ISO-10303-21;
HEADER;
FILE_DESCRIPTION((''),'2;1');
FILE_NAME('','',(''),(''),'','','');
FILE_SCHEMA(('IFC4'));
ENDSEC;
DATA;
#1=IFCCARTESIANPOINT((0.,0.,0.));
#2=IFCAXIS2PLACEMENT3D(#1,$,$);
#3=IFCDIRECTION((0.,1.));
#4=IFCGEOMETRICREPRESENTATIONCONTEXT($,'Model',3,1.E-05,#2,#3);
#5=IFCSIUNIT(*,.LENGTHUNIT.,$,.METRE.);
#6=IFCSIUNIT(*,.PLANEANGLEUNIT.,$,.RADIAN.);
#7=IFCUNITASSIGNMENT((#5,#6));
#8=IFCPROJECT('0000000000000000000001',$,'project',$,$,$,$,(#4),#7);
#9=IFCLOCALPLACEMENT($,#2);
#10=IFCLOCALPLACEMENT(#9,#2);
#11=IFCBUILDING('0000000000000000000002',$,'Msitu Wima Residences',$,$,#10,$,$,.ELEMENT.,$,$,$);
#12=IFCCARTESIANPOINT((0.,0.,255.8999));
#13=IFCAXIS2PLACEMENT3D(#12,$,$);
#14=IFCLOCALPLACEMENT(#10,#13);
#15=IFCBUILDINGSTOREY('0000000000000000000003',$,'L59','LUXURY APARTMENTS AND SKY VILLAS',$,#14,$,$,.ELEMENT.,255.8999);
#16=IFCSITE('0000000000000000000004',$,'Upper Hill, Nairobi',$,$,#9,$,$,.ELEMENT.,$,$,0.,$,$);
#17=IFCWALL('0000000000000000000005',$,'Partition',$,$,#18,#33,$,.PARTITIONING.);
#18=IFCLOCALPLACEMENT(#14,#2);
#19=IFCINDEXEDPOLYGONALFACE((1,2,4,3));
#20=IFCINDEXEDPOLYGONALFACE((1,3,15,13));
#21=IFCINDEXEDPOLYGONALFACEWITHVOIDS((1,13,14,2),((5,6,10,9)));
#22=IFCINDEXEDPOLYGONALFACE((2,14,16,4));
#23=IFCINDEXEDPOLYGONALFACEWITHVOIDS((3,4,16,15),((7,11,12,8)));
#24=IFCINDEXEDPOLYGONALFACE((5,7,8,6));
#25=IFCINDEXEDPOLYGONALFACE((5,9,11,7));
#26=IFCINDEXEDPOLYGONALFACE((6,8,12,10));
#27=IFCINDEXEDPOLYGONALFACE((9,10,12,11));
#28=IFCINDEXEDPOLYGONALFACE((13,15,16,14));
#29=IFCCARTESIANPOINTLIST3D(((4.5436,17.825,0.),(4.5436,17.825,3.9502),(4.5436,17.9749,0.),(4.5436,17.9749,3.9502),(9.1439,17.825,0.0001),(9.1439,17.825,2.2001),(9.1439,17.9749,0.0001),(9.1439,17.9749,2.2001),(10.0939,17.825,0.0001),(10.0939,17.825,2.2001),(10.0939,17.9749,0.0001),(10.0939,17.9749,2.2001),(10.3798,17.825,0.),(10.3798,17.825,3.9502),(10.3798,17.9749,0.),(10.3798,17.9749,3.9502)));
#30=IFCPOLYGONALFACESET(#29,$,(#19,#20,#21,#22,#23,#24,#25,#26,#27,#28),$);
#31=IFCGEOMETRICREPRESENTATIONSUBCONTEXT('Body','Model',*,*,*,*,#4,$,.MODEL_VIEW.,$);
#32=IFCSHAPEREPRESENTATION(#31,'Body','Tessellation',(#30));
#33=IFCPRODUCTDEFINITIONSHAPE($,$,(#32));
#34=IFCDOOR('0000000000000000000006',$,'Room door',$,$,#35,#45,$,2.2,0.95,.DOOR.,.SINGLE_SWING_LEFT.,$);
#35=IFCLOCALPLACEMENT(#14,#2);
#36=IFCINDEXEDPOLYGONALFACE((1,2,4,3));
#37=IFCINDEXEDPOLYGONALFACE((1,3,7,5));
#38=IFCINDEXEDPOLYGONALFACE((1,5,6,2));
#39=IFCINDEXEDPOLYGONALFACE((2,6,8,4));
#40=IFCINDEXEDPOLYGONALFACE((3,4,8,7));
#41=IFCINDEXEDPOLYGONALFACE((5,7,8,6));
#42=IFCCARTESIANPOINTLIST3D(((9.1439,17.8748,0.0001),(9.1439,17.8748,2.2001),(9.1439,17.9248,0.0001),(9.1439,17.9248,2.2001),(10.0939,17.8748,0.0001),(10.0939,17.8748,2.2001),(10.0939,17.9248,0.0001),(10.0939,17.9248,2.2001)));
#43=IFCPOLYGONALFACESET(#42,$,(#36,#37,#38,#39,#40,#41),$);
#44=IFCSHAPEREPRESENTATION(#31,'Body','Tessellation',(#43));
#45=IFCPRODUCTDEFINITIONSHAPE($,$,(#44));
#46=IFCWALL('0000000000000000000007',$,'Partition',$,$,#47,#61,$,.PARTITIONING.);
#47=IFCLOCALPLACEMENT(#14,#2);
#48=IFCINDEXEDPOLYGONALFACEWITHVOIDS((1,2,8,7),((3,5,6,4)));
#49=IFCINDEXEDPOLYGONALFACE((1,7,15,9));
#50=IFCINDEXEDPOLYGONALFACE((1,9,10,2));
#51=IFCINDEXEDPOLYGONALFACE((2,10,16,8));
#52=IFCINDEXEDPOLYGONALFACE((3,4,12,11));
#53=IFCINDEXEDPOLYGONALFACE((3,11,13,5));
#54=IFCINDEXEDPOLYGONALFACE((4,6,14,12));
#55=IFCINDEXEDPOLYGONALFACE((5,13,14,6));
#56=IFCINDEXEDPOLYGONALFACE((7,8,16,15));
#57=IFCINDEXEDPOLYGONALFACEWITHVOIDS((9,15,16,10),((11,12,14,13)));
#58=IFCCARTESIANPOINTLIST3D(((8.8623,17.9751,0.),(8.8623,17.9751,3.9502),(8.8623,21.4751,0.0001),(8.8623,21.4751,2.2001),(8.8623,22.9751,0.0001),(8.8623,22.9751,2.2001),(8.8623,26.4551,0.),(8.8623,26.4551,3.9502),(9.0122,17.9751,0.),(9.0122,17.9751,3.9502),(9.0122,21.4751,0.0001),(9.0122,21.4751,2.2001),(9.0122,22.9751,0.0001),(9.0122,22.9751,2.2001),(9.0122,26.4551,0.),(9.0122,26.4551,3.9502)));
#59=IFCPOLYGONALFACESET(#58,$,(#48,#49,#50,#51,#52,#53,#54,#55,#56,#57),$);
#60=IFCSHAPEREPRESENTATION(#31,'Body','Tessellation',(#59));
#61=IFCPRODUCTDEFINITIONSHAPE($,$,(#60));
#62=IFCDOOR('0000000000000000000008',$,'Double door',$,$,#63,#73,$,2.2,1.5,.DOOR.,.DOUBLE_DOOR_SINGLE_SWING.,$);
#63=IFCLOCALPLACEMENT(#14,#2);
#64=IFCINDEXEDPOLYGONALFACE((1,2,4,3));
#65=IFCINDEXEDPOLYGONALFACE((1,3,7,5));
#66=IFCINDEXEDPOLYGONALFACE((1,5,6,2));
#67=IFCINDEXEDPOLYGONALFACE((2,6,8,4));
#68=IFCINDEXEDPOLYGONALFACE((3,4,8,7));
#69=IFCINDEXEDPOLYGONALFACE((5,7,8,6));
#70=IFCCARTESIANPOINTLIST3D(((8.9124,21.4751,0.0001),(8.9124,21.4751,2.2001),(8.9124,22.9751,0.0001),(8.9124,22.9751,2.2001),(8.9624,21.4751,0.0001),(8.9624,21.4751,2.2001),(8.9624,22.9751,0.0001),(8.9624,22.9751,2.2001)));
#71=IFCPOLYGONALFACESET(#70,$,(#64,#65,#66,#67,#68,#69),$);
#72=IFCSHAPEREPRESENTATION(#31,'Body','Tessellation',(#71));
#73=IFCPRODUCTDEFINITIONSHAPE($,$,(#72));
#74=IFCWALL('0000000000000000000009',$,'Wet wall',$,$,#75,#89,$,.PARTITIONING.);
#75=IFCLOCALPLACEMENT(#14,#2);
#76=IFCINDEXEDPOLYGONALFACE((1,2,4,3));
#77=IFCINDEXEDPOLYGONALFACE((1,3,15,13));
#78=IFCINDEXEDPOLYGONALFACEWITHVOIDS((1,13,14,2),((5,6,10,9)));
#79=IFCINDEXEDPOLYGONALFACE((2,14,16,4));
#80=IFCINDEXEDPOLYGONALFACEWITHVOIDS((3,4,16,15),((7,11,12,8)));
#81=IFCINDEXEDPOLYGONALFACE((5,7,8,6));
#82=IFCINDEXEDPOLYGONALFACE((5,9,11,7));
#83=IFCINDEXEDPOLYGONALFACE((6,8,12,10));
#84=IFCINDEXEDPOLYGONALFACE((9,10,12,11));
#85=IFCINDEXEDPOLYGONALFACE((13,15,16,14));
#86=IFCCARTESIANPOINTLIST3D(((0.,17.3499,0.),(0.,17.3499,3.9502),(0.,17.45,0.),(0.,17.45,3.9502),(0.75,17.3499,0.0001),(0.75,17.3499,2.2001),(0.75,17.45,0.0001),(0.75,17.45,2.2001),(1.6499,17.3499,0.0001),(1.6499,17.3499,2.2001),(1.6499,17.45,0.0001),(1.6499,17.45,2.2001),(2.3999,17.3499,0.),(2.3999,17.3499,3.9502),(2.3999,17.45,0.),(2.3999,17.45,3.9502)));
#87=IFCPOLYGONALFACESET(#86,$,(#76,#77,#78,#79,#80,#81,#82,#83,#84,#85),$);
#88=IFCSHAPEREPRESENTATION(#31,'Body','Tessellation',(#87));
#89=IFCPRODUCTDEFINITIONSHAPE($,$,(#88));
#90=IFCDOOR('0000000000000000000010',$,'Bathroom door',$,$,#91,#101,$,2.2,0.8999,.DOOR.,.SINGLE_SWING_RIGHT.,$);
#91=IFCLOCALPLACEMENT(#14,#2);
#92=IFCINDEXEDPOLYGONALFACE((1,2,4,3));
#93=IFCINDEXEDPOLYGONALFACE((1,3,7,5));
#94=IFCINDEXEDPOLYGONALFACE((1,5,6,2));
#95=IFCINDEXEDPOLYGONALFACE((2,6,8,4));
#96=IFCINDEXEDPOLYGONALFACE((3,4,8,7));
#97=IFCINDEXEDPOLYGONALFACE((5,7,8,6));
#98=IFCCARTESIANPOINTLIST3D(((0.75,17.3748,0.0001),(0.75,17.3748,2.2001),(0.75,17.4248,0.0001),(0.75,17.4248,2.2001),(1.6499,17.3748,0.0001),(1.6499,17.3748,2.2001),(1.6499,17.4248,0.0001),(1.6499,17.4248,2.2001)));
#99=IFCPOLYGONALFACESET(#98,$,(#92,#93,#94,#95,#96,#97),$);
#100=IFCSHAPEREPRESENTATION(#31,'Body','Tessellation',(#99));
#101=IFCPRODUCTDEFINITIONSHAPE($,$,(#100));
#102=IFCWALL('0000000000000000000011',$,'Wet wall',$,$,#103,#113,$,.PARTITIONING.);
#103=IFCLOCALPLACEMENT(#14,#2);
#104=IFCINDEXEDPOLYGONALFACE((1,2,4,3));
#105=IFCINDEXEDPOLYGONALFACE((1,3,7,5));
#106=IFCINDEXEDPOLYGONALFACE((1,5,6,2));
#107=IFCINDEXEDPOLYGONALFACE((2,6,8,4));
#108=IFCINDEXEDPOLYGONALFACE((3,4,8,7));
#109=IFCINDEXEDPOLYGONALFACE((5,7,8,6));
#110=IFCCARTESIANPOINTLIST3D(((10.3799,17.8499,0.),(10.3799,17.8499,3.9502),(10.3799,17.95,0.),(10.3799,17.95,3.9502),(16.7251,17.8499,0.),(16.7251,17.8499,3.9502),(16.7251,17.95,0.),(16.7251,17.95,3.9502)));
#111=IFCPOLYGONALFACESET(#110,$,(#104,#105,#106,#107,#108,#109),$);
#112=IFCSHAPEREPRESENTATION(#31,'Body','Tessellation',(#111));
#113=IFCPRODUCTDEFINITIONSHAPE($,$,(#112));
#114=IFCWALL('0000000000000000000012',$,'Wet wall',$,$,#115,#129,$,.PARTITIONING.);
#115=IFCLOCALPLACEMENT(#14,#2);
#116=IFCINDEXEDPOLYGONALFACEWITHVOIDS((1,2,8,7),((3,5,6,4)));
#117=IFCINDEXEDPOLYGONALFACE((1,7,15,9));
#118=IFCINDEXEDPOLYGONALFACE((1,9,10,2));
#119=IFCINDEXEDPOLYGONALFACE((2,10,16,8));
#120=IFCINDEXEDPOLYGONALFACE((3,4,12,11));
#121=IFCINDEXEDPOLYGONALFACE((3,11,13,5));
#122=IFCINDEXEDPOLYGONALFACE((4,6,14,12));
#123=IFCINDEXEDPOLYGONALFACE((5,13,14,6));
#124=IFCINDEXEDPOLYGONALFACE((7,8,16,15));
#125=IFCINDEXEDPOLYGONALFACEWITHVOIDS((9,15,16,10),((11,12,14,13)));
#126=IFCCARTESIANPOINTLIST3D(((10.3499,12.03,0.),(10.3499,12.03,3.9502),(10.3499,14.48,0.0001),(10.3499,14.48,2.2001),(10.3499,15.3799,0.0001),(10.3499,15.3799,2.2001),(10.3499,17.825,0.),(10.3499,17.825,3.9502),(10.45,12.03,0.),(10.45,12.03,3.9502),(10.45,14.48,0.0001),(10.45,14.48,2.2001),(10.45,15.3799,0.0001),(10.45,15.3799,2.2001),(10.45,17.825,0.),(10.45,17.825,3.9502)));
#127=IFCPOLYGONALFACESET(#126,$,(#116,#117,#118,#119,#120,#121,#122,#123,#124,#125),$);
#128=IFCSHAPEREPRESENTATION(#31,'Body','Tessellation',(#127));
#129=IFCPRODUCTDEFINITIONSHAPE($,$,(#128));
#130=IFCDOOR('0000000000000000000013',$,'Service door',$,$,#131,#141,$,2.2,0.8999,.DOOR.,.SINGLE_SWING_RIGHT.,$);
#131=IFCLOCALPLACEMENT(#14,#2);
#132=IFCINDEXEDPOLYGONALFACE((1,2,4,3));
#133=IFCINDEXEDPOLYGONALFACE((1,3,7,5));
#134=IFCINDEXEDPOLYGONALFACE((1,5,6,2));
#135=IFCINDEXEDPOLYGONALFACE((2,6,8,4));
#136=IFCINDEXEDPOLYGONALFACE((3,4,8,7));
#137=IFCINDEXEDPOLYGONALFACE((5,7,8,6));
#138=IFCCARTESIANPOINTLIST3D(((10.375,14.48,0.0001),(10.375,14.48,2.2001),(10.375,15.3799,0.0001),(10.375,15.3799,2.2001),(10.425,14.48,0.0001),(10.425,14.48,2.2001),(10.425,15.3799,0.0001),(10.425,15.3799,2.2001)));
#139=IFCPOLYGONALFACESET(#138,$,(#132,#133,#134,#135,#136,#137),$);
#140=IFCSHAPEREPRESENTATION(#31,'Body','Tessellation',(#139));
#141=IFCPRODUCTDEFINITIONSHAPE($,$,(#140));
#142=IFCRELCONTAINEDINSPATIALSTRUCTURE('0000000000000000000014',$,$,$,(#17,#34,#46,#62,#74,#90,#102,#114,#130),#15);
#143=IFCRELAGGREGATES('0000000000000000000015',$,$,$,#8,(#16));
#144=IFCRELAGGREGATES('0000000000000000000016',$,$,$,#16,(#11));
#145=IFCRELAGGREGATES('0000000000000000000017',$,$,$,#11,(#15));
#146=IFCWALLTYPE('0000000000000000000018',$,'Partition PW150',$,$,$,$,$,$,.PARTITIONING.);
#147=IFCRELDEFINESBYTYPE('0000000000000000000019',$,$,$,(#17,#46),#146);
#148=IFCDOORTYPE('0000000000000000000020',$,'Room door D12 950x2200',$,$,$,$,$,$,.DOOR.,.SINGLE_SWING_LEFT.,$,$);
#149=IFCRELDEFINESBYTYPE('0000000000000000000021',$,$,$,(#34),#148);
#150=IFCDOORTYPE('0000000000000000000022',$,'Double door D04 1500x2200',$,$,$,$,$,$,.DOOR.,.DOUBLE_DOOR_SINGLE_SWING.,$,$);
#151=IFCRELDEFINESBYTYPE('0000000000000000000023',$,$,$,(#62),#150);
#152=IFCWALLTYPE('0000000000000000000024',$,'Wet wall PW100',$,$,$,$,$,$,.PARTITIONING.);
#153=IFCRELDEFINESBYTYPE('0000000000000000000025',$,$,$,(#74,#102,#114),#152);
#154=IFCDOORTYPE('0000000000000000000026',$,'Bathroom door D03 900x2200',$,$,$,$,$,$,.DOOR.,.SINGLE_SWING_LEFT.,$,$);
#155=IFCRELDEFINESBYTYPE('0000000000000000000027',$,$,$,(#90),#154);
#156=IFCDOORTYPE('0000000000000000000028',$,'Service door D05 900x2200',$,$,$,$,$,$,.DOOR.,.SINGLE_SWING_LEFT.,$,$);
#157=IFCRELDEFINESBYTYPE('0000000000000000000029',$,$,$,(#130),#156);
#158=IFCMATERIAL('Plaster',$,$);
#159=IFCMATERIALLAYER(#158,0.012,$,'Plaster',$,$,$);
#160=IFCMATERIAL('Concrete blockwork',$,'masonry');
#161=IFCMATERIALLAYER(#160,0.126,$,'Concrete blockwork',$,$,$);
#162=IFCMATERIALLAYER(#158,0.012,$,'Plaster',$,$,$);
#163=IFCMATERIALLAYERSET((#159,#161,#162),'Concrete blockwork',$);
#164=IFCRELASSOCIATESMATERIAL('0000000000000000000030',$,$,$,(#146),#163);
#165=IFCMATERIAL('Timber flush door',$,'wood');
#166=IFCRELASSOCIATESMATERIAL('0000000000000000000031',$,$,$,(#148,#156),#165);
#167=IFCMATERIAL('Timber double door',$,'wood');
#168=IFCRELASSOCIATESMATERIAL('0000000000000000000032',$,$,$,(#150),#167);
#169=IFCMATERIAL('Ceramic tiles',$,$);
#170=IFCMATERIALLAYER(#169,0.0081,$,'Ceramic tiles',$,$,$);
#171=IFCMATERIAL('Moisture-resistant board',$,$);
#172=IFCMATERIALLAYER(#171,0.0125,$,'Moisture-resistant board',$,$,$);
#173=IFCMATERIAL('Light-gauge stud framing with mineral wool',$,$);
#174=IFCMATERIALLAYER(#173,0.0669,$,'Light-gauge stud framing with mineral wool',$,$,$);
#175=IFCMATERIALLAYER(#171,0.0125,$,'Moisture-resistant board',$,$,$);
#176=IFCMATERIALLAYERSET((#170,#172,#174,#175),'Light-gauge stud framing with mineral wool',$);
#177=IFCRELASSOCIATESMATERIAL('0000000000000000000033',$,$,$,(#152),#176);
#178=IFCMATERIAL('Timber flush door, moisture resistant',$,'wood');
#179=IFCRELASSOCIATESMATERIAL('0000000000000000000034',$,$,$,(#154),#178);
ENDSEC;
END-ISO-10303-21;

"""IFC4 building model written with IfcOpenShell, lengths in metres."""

from ifc_helpers import new_model, si_unit, direction, frame, frame_2d, origin, place, context, subcontext, project, spatial, rectangle, extrude, material, layer, layer_set, type_object, element, fill, save


model = new_model("IFC4")

# Units and contexts
model_context = context("Model", 3, precision=1e-05, world=origin(), true_north=direction((0.0, 1.0)))
body_context = subcontext(model_context, "Body", "Model", "MODEL_VIEW")
ifc_project = project(units=[si_unit("LENGTHUNIT", "METRE"), si_unit("PLANEANGLEUNIT", "RADIAN")], contexts=[model_context])

# Site, building, storey
site_placement = place(None, origin())
site = spatial("IfcSite", under=ifc_project, at=site_placement, Name="Upper Hill, Nairobi", CompositionType="ELEMENT", RefElevation=0.0)
building_placement = place(site_placement, origin())
building = spatial("IfcBuilding", under=site, at=building_placement, Name="Msitu Wima Residences", CompositionType="ELEMENT")
storey_placement = place(building_placement, frame((0.0, 0.0, 255.8999)))
storey = spatial("IfcBuildingStorey", under=building, at=storey_placement, Name="L59", Description="LUXURY APARTMENTS AND SKY VILLAS", CompositionType="ELEMENT", Elevation=255.8999)

# Shared definitions
ifc_material_1 = material(Name="Plaster")
ifc_material_2 = material(Name="Concrete blockwork", Category="masonry")

# Walls, openings, doors
ifc_layer_1 = layer(ifc_material_1, 0.012, Name="Plaster")
ifc_layer_2 = layer(ifc_material_2, 0.126, Name="Concrete blockwork")
ifc_layer_3 = layer(ifc_material_1, 0.012, Name="Plaster")
ifc_layer_set_1 = layer_set([ifc_layer_1, ifc_layer_2, ifc_layer_3], Name="Concrete blockwork")
wall_type_1 = type_object("IfcWallType", Name="Partition PW150", PredefinedType="PARTITIONING", material=ifc_layer_set_1)
ifc_material_3 = material(Name="Timber flush door", Category="wood")
door_type_1 = type_object("IfcDoorType", Name="Room door D12 950x2200", OperationType="SINGLE_SWING_LEFT", PredefinedType="DOOR", material=ifc_material_3)
wall_1_placement = place(storey_placement, frame((4.5437, 17.8999, 0.0), z_axis=(0.0, 0.0, 1.0), x_axis=(1.0, 0.0, 0.0)))
wall_1 = element("IfcWall", 1, at=wall_1_placement, inside=storey, type_object=wall_type_1, Name="Partition", PredefinedType="PARTITIONING", context=body_context, shape_type="SweptSolid", body=[
    extrude(rectangle(XDim=5.8362, YDim=0.1499, at=frame_2d((2.918, 0.0))), origin(), (0.0, 0.0, 1.0), 3.9502),
])
opening_1_placement = place(wall_1_placement, frame((4.6001, 0.0, 0.0)))
opening_1 = element("IfcOpeningElement", 2, at=opening_1_placement, cuts=wall_1, PredefinedType="OPENING", context=body_context, shape_type="SweptSolid", body=[
    extrude(rectangle(XDim=0.95, YDim=2.2, at=frame_2d((0.4751, 1.1001))), frame((0.0, 0.085, 0.0), z_axis=(0.0, -1.0, 0.0), x_axis=(1.0, 0.0, 0.0)), (0.0, 0.0, 1.0), 0.1699),
])
door_1_placement = place(opening_1_placement, origin())
door_1 = element("IfcDoor", 3, at=door_1_placement, inside=storey, type_object=door_type_1, Name="Room door", OperationType="SINGLE_SWING_LEFT", OverallHeight=2.2, OverallWidth=0.95, PredefinedType="DOOR", context=body_context, shape_type="SweptSolid", body=[
    extrude(rectangle(XDim=0.95, YDim=2.2, at=frame_2d((0.4751, 1.1001))), frame((0.0, 0.0249, 0.0), z_axis=(0.0, -1.0, 0.0), x_axis=(1.0, 0.0, 0.0)), (0.0, 0.0, 1.0), 0.05),
])
fill(opening_1, door_1)
wall_2_placement = place(storey_placement, frame((8.9373, 17.9751, 0.0), z_axis=(0.0, 0.0, 1.0), x_axis=(0.0, 1.0, 0.0)))
wall_2 = element("IfcWall", 4, at=wall_2_placement, inside=storey, type_object=wall_type_1, Name="Partition", PredefinedType="PARTITIONING", context=body_context, shape_type="SweptSolid", body=[
    extrude(rectangle(XDim=8.48, YDim=0.1499, at=frame_2d((4.24, 0.0))), origin(), (0.0, 0.0, 1.0), 3.9502),
])
opening_2_placement = place(wall_2_placement, frame((3.5, 0.0, 0.0)))
opening_2 = element("IfcOpeningElement", 5, at=opening_2_placement, cuts=wall_2, PredefinedType="OPENING", context=body_context, shape_type="SweptSolid", body=[
    extrude(rectangle(XDim=1.5, YDim=2.2, at=frame_2d((0.75, 1.1001))), frame((0.0, 0.085, 0.0), z_axis=(0.0, -1.0, 0.0), x_axis=(1.0, 0.0, 0.0)), (0.0, 0.0, 1.0), 0.1699),
])
ifc_material_4 = material(Name="Timber double door", Category="wood")
door_type_2 = type_object("IfcDoorType", Name="Double door D04 1500x2200", OperationType="DOUBLE_DOOR_SINGLE_SWING", PredefinedType="DOOR", material=ifc_material_4)
door_2_placement = place(opening_2_placement, origin())
door_2 = element("IfcDoor", 6, at=door_2_placement, inside=storey, type_object=door_type_2, Name="Double door", OperationType="DOUBLE_DOOR_SINGLE_SWING", OverallHeight=2.2, OverallWidth=1.5, PredefinedType="DOOR", context=body_context, shape_type="SweptSolid", body=[
    extrude(rectangle(XDim=1.5, YDim=2.2, at=frame_2d((0.75, 1.1001))), frame((0.0, 0.0249, 0.0), z_axis=(0.0, -1.0, 0.0), x_axis=(1.0, 0.0, 0.0)), (0.0, 0.0, 1.0), 0.05),
])
fill(opening_2, door_2)
ifc_material_5 = material(Name="Ceramic tiles")
ifc_layer_4 = layer(ifc_material_5, 0.0081, Name="Ceramic tiles")
ifc_material_6 = material(Name="Moisture-resistant board")
ifc_layer_5 = layer(ifc_material_6, 0.0125, Name="Moisture-resistant board")
ifc_material_7 = material(Name="Light-gauge stud framing with mineral wool")
ifc_layer_6 = layer(ifc_material_7, 0.0669, Name="Light-gauge stud framing with mineral wool")
ifc_layer_7 = layer(ifc_material_6, 0.0125, Name="Moisture-resistant board")
ifc_layer_set_2 = layer_set([ifc_layer_4, ifc_layer_5, ifc_layer_6, ifc_layer_7], Name="Light-gauge stud framing with mineral wool")
wall_type_2 = type_object("IfcWallType", Name="Wet wall PW100", PredefinedType="PARTITIONING", material=ifc_layer_set_2)
wall_3_placement = place(storey_placement, frame((0.0, 17.3999, 0.0), z_axis=(0.0, 0.0, 1.0), x_axis=(1.0, 0.0, 0.0)))
wall_3 = element("IfcWall", 7, at=wall_3_placement, inside=storey, type_object=wall_type_2, Name="Wet wall", PredefinedType="PARTITIONING", context=body_context, shape_type="SweptSolid", body=[
    extrude(rectangle(XDim=2.3999, YDim=0.1001, at=frame_2d((1.2, 0.0))), origin(), (0.0, 0.0, 1.0), 3.9502),
])
opening_3_placement = place(wall_3_placement, frame((0.75, 0.0, 0.0)))
opening_3 = element("IfcOpeningElement", 8, at=opening_3_placement, cuts=wall_3, PredefinedType="OPENING", context=body_context, shape_type="SweptSolid", body=[
    extrude(rectangle(XDim=0.8999, YDim=2.2, at=frame_2d((0.45, 1.1001))), frame((0.0, 0.0601, 0.0), z_axis=(0.0, -1.0, 0.0), x_axis=(1.0, 0.0, 0.0)), (0.0, 0.0, 1.0), 0.1201),
])
ifc_material_8 = material(Name="Timber flush door, moisture resistant", Category="wood")
door_type_3 = type_object("IfcDoorType", Name="Bathroom door D03 900x2200", OperationType="SINGLE_SWING_LEFT", PredefinedType="DOOR", material=ifc_material_8)
door_3_placement = place(opening_3_placement, origin())
door_3 = element("IfcDoor", 9, at=door_3_placement, inside=storey, type_object=door_type_3, Name="Bathroom door", OperationType="SINGLE_SWING_RIGHT", OverallHeight=2.2, OverallWidth=0.8999, PredefinedType="DOOR", context=body_context, shape_type="SweptSolid", body=[
    extrude(rectangle(XDim=0.8999, YDim=2.2, at=frame_2d((0.45, 1.1001))), frame((0.0, 0.0249, 0.0), z_axis=(0.0, -1.0, 0.0), x_axis=(1.0, 0.0, 0.0)), (0.0, 0.0, 1.0), 0.05),
])
fill(opening_3, door_3)

# Wall
wall_4_placement = place(storey_placement, frame((10.3799, 17.8999, 0.0), z_axis=(0.0, 0.0, 1.0), x_axis=(1.0, 0.0, 0.0)))
element("IfcWall", 10, at=wall_4_placement, inside=storey, type_object=wall_type_2, Name="Wet wall", PredefinedType="PARTITIONING", context=body_context, shape_type="SweptSolid", body=[
    extrude(rectangle(XDim=6.3452, YDim=0.1001, at=frame_2d((3.1726, 0.0))), origin(), (0.0, 0.0, 1.0), 3.9502),
])

# Wall, opening, door
wall_5_placement = place(storey_placement, frame((10.3999, 12.03, 0.0), z_axis=(0.0, 0.0, 1.0), x_axis=(0.0, 1.0, 0.0)))
wall_5 = element("IfcWall", 11, at=wall_5_placement, inside=storey, type_object=wall_type_2, Name="Wet wall", PredefinedType="PARTITIONING", context=body_context, shape_type="SweptSolid", body=[
    extrude(rectangle(XDim=5.7949, YDim=0.1001, at=frame_2d((2.8975, 0.0))), origin(), (0.0, 0.0, 1.0), 3.9502),
])
opening_4_placement = place(wall_5_placement, frame((2.45, 0.0, 0.0)))
opening_4 = element("IfcOpeningElement", 12, at=opening_4_placement, cuts=wall_5, PredefinedType="OPENING", context=body_context, shape_type="SweptSolid", body=[
    extrude(rectangle(XDim=0.8999, YDim=2.2, at=frame_2d((0.45, 1.1001))), frame((0.0, 0.0601, 0.0), z_axis=(0.0, -1.0, 0.0), x_axis=(1.0, 0.0, 0.0)), (0.0, 0.0, 1.0), 0.1201),
])
door_type_4 = type_object("IfcDoorType", Name="Service door D05 900x2200", OperationType="SINGLE_SWING_LEFT", PredefinedType="DOOR", material=ifc_material_3)
door_4_placement = place(opening_4_placement, origin())
door_4 = element("IfcDoor", 13, at=door_4_placement, inside=storey, type_object=door_type_4, Name="Service door", OperationType="SINGLE_SWING_RIGHT", OverallHeight=2.2, OverallWidth=0.8999, PredefinedType="DOOR", context=body_context, shape_type="SweptSolid", body=[
    extrude(rectangle(XDim=0.8999, YDim=2.2, at=frame_2d((0.45, 1.1001))), frame((0.0, 0.0249, 0.0), z_axis=(0.0, -1.0, 0.0), x_axis=(1.0, 0.0, 0.0)), (0.0, 0.0, 1.0), 0.05),
])
fill(opening_4, door_4)

save(model, "model.ifc")
